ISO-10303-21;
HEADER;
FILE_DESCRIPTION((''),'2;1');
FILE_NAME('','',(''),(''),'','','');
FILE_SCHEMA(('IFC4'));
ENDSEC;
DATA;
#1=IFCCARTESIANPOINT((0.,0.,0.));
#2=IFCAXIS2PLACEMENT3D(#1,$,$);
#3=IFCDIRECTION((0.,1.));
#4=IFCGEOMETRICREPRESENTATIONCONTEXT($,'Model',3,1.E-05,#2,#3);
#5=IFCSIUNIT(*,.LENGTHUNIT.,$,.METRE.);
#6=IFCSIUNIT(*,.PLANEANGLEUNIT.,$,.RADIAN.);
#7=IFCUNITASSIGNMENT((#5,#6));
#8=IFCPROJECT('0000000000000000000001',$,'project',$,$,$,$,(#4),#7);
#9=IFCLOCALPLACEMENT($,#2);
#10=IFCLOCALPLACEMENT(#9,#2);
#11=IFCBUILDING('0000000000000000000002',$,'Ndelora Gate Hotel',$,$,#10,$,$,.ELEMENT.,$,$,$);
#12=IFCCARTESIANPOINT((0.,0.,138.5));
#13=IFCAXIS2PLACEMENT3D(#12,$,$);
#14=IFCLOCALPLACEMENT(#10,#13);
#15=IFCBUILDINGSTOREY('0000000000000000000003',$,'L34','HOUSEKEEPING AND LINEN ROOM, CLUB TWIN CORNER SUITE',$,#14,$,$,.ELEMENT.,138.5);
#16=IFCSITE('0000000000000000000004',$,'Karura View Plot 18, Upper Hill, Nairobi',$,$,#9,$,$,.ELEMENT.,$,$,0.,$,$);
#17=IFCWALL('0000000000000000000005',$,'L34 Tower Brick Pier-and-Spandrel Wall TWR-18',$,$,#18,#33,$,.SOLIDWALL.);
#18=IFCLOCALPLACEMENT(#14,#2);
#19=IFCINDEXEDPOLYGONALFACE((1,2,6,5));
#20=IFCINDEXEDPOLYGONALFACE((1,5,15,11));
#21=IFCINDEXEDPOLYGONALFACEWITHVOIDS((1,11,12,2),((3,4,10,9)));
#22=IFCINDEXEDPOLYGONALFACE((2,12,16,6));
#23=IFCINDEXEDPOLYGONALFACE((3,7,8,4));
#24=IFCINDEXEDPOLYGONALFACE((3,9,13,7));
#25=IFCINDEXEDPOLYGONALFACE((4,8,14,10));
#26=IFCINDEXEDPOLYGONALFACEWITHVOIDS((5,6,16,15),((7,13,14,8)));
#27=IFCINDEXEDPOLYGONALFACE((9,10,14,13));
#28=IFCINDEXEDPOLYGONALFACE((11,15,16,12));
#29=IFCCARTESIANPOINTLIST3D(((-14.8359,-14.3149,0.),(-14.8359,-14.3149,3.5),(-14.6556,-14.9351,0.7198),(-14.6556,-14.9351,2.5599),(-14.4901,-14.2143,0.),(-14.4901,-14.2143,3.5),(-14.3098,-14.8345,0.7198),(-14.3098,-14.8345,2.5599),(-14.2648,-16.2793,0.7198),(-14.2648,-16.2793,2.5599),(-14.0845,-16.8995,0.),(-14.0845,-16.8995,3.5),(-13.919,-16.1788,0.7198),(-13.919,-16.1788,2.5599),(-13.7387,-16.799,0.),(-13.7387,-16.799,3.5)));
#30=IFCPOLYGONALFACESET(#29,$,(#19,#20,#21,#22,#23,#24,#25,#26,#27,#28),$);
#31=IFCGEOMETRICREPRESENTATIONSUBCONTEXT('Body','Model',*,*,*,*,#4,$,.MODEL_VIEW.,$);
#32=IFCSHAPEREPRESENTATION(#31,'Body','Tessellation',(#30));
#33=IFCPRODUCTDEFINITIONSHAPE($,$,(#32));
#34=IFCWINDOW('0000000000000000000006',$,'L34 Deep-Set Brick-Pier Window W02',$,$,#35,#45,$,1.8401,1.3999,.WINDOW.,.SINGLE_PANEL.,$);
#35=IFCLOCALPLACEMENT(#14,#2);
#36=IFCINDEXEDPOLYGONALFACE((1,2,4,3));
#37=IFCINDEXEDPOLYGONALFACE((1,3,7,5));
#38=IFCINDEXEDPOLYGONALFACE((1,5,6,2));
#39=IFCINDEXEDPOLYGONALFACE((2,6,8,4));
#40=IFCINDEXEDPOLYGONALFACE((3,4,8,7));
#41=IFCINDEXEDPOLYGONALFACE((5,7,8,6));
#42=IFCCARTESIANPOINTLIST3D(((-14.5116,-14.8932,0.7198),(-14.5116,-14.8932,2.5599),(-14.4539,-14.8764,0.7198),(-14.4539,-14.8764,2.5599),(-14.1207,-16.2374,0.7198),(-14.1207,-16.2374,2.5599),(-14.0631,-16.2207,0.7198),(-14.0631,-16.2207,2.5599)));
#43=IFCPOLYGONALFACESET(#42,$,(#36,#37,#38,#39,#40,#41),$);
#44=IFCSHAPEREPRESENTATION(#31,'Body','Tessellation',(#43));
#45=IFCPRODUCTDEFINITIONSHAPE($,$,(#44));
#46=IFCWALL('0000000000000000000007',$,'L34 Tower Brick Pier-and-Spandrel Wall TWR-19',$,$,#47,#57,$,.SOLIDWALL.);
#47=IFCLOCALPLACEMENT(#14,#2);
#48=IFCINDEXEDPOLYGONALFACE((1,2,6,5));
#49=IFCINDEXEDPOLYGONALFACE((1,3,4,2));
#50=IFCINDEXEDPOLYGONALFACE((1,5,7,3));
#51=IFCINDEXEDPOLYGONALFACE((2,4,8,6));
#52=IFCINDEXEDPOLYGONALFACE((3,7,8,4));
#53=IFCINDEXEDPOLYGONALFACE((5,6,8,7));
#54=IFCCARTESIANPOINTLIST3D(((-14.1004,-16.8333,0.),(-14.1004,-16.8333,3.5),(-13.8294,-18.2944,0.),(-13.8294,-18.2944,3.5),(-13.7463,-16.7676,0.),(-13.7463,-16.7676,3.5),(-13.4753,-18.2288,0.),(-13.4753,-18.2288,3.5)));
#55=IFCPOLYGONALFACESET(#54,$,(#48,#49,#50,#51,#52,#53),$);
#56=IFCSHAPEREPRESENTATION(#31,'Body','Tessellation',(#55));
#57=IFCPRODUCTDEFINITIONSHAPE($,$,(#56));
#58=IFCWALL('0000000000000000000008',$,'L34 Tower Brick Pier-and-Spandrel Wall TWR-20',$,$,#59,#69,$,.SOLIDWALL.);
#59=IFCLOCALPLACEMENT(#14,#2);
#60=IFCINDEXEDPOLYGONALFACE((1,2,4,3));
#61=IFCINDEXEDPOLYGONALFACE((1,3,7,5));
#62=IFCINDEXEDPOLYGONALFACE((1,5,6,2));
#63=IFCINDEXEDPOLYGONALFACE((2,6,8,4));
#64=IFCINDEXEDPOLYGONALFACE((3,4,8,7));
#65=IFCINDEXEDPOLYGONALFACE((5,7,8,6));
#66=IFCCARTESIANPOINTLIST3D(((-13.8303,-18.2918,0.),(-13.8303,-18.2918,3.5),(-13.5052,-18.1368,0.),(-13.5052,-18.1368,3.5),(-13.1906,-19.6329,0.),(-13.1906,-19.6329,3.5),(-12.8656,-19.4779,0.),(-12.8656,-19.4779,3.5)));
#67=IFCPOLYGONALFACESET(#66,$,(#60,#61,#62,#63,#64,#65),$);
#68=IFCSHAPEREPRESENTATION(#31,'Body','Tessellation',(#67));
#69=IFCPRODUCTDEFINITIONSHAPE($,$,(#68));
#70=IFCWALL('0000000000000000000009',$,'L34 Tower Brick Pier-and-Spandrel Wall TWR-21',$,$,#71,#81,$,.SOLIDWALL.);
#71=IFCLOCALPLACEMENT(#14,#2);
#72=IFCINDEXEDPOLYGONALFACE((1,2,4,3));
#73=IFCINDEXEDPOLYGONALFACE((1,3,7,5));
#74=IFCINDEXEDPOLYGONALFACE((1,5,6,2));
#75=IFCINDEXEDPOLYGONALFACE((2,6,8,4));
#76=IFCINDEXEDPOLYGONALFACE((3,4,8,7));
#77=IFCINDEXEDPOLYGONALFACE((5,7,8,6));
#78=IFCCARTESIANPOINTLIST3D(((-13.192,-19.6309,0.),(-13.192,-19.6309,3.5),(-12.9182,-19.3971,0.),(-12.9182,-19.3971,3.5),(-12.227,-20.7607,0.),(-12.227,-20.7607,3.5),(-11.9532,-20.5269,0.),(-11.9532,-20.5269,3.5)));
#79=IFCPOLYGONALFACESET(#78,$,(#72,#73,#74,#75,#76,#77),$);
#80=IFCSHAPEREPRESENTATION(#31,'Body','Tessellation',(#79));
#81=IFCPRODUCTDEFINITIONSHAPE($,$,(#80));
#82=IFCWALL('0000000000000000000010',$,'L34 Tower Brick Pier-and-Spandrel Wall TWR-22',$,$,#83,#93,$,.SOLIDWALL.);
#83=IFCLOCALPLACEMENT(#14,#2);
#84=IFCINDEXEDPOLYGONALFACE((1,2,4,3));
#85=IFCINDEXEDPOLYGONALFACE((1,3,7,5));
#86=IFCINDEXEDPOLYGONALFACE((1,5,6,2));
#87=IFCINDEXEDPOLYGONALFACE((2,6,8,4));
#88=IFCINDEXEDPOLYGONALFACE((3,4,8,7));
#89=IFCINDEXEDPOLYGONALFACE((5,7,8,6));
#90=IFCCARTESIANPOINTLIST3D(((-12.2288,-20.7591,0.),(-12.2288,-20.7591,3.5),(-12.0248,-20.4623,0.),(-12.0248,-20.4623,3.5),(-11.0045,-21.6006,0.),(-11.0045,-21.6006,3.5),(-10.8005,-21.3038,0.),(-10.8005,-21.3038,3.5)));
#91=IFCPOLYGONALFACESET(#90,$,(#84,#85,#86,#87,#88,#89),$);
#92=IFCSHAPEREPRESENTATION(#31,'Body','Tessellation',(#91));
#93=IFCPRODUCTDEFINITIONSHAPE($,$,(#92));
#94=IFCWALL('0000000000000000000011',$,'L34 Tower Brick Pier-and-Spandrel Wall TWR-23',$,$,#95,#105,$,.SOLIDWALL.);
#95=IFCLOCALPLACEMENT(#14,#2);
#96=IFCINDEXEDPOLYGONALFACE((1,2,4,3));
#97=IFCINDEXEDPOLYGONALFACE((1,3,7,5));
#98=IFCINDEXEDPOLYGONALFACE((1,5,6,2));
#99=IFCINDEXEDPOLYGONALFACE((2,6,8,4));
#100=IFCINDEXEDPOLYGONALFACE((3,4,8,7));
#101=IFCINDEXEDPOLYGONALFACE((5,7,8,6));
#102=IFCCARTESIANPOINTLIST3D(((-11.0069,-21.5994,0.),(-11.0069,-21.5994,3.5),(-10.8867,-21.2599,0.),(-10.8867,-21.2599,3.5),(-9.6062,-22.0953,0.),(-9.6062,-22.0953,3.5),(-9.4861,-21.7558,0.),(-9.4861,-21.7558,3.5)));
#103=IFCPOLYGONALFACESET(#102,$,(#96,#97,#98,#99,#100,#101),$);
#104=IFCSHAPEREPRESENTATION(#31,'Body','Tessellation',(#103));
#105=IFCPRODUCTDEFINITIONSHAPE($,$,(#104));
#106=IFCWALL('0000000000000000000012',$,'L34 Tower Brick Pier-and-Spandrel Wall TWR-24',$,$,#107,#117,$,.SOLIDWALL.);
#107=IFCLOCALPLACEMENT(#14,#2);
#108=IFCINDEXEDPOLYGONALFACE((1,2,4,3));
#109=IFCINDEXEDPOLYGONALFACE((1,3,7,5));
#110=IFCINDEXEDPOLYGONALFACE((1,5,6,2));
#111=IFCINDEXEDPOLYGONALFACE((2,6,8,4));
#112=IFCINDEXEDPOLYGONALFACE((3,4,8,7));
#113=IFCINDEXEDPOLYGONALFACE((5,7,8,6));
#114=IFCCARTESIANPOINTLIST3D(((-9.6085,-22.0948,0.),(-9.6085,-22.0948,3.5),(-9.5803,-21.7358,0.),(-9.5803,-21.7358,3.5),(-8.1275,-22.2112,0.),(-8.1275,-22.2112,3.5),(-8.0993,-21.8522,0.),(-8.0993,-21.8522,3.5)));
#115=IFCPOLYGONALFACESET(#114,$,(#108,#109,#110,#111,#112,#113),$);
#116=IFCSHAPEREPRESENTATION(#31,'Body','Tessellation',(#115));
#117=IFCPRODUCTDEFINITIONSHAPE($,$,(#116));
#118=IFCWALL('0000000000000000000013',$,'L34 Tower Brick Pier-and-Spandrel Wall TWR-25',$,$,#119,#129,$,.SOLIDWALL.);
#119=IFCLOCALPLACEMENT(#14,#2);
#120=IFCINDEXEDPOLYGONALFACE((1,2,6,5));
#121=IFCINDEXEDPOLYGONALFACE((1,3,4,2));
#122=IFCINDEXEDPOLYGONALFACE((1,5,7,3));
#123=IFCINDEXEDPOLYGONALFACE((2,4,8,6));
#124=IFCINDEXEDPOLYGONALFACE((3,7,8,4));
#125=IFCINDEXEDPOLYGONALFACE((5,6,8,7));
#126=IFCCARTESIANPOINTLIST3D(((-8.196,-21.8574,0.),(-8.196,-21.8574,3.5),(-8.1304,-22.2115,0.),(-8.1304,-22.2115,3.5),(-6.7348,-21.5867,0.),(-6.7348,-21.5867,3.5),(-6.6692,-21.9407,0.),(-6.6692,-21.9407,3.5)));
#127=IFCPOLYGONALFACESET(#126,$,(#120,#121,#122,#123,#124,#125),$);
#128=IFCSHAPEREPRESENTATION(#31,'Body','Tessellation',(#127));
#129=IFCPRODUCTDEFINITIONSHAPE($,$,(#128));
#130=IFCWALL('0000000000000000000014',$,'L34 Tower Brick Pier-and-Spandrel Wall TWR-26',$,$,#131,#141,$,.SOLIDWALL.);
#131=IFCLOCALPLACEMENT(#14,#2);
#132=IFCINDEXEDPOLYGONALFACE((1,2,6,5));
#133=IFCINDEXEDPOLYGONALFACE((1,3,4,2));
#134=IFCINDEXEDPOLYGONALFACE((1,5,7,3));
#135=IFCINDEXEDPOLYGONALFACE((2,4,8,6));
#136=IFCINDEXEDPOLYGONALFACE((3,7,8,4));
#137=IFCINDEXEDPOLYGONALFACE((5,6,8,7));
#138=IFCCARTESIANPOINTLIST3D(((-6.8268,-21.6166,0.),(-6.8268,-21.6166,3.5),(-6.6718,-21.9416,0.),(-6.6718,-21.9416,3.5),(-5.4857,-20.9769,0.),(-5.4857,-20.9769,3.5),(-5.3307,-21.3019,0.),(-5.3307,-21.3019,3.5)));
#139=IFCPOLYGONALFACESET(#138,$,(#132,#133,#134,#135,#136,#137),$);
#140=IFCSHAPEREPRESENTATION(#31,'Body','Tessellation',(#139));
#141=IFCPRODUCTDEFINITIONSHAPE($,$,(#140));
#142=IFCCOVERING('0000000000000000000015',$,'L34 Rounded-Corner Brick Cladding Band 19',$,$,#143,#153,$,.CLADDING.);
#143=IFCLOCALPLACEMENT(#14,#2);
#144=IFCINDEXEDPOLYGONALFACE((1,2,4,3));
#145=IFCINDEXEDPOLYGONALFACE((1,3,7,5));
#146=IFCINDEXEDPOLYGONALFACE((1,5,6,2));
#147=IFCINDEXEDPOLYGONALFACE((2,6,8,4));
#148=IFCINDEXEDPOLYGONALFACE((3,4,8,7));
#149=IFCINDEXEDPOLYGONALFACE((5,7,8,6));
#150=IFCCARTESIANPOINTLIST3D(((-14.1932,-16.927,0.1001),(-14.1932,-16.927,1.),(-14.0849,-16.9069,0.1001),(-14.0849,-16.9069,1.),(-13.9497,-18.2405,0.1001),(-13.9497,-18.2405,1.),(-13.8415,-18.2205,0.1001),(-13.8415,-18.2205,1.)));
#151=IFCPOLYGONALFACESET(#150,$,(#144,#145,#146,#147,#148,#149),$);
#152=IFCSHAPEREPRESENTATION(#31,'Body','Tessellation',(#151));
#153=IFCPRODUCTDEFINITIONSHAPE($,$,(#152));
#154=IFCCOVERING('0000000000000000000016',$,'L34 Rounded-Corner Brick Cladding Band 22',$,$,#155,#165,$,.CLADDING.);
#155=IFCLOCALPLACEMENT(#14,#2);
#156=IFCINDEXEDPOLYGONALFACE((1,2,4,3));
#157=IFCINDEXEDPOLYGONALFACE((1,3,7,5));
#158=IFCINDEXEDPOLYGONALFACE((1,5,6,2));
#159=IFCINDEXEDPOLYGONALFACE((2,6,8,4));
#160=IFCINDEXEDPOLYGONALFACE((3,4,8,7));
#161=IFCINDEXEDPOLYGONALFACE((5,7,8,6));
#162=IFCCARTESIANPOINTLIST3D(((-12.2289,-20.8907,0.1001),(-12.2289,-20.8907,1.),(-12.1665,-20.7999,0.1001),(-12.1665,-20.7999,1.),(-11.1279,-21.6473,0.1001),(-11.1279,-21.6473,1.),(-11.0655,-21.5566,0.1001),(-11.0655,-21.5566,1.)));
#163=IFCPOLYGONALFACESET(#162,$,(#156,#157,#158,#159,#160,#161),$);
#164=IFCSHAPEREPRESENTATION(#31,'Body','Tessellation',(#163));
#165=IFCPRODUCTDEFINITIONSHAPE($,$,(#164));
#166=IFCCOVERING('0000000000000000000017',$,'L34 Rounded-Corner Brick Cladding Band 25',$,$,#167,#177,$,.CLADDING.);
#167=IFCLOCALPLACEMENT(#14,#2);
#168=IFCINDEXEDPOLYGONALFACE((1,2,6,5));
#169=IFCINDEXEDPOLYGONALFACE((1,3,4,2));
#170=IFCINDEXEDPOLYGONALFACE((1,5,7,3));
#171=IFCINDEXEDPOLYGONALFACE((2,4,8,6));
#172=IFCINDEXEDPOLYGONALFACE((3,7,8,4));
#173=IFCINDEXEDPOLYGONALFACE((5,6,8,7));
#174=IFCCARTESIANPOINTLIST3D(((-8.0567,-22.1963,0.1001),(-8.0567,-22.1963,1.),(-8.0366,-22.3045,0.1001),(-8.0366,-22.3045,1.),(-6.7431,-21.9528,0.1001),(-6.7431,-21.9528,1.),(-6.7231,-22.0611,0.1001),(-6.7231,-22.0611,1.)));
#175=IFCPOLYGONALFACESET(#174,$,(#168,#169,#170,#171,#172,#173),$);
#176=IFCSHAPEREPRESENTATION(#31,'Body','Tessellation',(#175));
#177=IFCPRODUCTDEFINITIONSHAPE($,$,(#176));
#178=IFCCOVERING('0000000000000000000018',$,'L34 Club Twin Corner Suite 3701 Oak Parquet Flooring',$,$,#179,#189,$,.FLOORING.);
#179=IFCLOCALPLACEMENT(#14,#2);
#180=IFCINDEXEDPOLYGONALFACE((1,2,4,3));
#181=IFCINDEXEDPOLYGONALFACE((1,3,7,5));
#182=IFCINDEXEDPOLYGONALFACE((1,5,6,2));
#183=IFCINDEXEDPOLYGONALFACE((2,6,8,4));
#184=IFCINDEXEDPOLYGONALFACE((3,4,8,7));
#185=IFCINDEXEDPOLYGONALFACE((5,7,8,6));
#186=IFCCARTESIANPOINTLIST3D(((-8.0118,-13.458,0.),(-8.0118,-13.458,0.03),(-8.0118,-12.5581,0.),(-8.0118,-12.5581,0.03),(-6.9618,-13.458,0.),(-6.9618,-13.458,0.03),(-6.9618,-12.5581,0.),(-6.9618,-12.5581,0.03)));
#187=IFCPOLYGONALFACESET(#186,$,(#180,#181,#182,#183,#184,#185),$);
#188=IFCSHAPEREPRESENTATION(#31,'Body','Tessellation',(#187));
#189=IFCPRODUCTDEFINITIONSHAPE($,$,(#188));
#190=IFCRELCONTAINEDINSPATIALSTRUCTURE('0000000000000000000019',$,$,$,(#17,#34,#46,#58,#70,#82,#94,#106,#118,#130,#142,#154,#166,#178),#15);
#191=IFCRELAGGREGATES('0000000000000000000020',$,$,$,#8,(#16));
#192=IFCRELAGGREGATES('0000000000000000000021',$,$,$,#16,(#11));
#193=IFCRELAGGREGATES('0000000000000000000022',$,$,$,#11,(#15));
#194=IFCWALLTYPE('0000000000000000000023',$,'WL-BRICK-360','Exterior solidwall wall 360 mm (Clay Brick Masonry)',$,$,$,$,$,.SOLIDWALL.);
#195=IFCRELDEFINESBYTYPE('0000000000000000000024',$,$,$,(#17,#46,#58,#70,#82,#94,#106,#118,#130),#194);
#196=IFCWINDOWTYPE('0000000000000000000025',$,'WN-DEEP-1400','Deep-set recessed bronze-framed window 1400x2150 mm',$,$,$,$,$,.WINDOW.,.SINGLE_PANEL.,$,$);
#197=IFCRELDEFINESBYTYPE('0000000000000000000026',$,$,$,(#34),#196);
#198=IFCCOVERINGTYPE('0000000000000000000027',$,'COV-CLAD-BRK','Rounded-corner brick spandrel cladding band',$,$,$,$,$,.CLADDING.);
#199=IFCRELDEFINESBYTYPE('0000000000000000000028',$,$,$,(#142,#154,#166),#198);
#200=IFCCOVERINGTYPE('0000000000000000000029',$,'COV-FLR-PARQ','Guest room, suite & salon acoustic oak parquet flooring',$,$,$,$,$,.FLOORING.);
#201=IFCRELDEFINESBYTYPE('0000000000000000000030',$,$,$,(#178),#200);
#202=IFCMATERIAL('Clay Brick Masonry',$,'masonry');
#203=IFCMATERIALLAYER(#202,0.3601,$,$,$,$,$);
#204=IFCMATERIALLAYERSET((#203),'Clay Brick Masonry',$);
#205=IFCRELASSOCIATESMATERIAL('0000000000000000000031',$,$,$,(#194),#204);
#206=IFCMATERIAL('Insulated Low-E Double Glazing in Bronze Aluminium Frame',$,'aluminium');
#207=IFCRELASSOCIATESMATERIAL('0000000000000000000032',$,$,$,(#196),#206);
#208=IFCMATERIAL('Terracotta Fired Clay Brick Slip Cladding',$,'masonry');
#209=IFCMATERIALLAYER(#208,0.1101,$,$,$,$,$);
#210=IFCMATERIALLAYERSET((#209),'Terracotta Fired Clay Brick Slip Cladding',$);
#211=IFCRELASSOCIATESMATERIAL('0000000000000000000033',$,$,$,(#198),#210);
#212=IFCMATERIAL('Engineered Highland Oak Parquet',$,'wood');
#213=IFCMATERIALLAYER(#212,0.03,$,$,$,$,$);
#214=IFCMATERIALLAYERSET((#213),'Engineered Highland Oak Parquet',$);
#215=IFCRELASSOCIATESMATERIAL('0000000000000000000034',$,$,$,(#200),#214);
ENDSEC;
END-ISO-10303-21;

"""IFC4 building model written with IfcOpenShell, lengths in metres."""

from ifc_helpers import new_model, si_unit, direction, frame, frame_2d, origin, origin_2d, place, context, subcontext, project, spatial, rectangle, extrude, material, layer, layer_set, type_object, element, fill, save


model = new_model("IFC4")

# Units and contexts
model_context = context("Model", 3, precision=1e-05, world=origin(), true_north=direction((0.0, 1.0)))
body_context = subcontext(model_context, "Body", "Model", "MODEL_VIEW")
ifc_project = project(units=[si_unit("LENGTHUNIT", "METRE"), si_unit("PLANEANGLEUNIT", "RADIAN")], contexts=[model_context])

# Site, building, storey
site_placement = place(None, origin())
site = spatial("IfcSite", under=ifc_project, at=site_placement, Name="Karura View Plot 18, Upper Hill, Nairobi", CompositionType="ELEMENT", RefElevation=0.0)
building_placement = place(site_placement, origin())
building = spatial("IfcBuilding", under=site, at=building_placement, Name="Ndelora Gate Hotel", CompositionType="ELEMENT")
storey_placement = place(building_placement, frame((0.0, 0.0, 138.5)))
storey = spatial("IfcBuildingStorey", under=building, at=storey_placement, Name="L34", Description="HOUSEKEEPING AND LINEN ROOM, CLUB TWIN CORNER SUITE", CompositionType="ELEMENT", Elevation=138.5)

# Wall, opening, window
ifc_material_1 = material(Name="Clay Brick Masonry", Category="masonry")
ifc_layer_1 = layer(ifc_material_1, 0.3601)
ifc_layer_set_1 = layer_set([ifc_layer_1], Name="Clay Brick Masonry")
wall_type = type_object("IfcWallType", Name="WL-BRICK-360", Description="Exterior solidwall wall 360 mm (Clay Brick Masonry)", PredefinedType="SOLIDWALL", material=ifc_layer_set_1)
ifc_material_2 = material(Name="Insulated Low-E Double Glazing in Bronze Aluminium Frame", Category="aluminium")
window_type_1 = type_object("IfcWindowType", Name="WN-DEEP-1400", Description="Deep-set recessed bronze-framed window 1400x2150 mm", PartitioningType="SINGLE_PANEL", PredefinedType="WINDOW", material=ifc_material_2)
wall_1_placement = place(storey_placement, frame((-13.9116, -16.8491, 0.0), z_axis=(0.0, 0.0, 1.0), x_axis=(-0.279174, 0.96024, 0.0)))
wall_1 = element("IfcWall", 1, at=wall_1_placement, inside=storey, type_object=wall_type, Name="L34 Tower Brick Pier-and-Spandrel Wall TWR-18", PredefinedType="SOLIDWALL", context=body_context, shape_type="SweptSolid", body=[
    extrude(rectangle(XDim=2.6917, YDim=0.3601, at=frame_2d((1.3457, 0.0))), origin(), (0.0, 0.0, 1.0), 3.5),
])
opening_1_placement = place(wall_1_placement, frame((0.6458, 0.0, 0.72)))
opening_1 = element("IfcOpeningElement", 2, at=opening_1_placement, cuts=wall_1, PredefinedType="OPENING", context=body_context, shape_type="SweptSolid", body=[
    extrude(rectangle(XDim=1.3999, YDim=1.8401, at=frame_2d((0.7, 0.9199))), frame((0.0, 0.1899, 0.0), z_axis=(0.0, -1.0, 0.0), x_axis=(1.0, 0.0, 0.0)), (0.0, 0.0, 1.0), 0.3801),
])
window_1_placement = place(opening_1_placement, origin())
window_1 = element("IfcWindow", 3, at=window_1_placement, inside=storey, type_object=window_type_1, Name="L34 Deep-Set Brick-Pier Window W02", OverallHeight=1.8401, OverallWidth=1.3999, PartitioningType="SINGLE_PANEL", PredefinedType="WINDOW", context=body_context, shape_type="SweptSolid", body=[
    extrude(rectangle(XDim=1.3999, YDim=1.8401, at=frame_2d((0.7, 0.9199))), frame((0.0, 0.03, 0.0), z_axis=(0.0, -1.0, 0.0), x_axis=(1.0, 0.0, 0.0)), (0.0, 0.0, 1.0), 0.0601),
])
fill(opening_1, window_1)

# Walls
wall_2_placement = place(storey_placement, frame((-13.6523, -18.2617, 0.0), z_axis=(0.0, 0.0, 1.0), x_axis=(-0.182354, 0.983233, 0.0)))
element("IfcWall", 4, at=wall_2_placement, inside=storey, type_object=wall_type, Name="L34 Tower Brick Pier-and-Spandrel Wall TWR-19", PredefinedType="SOLIDWALL", context=body_context, shape_type="SweptSolid", body=[
    extrude(rectangle(XDim=1.4861, YDim=0.3601, at=frame_2d((0.7432, 0.0))), origin(), (0.0, 0.0, 1.0), 3.5),
])
for number, where, z_axis, x_axis, name in (
    (5, (-13.0281, -19.5554, 0.0), (0.0, 0.0, 1.0), (-0.430508, 0.902587, 0.0), "L34 Tower Brick Pier-and-Spandrel Wall TWR-20"),
    (6, (-12.0901, -20.6438, 0.0), (0.0, 0.0, 1.0), (-0.649478, 0.76038, 0.0), "L34 Tower Brick Pier-and-Spandrel Wall TWR-21"),
):
    element("IfcWall", number, at=place(storey_placement, frame(where, z_axis=z_axis, x_axis=x_axis)), inside=storey, type_object=wall_type, Name=name, PredefinedType="SOLIDWALL", context=body_context, shape_type="SweptSolid", body=[
        extrude(rectangle(XDim=1.4858, YDim=0.3601, at=frame_2d((0.7429, 0.0))), origin(), (0.0, 0.0, 1.0), 3.5),
    ])
wall_3_placement = place(storey_placement, frame((-10.9026, -21.4521, 0.0), z_axis=(0.0, 0.0, 1.0), x_axis=(-0.824104, 0.566438, 0.0)))
element("IfcWall", 7, at=wall_3_placement, inside=storey, type_object=wall_type, Name="L34 Tower Brick Pier-and-Spandrel Wall TWR-22", PredefinedType="SOLIDWALL", context=body_context, shape_type="SweptSolid", body=[
    extrude(rectangle(XDim=1.4856, YDim=0.3601, at=frame_2d((0.7427, 0.0))), origin(), (0.0, 0.0, 1.0), 3.5),
])
wall_4_placement = place(storey_placement, frame((-9.5461, -21.9255, 0.0), z_axis=(0.0, 0.0, 1.0), x_axis=(-0.942671, 0.333722, 0.0)))
element("IfcWall", 8, at=wall_4_placement, inside=storey, type_object=wall_type, Name="L34 Tower Brick Pier-and-Spandrel Wall TWR-23", PredefinedType="SOLIDWALL", context=body_context, shape_type="SweptSolid", body=[
    extrude(rectangle(XDim=1.4858, YDim=0.3601, at=frame_2d((0.7429, 0.0))), origin(), (0.0, 0.0, 1.0), 3.5),
])
wall_5_placement = place(storey_placement, frame((-8.1135, -22.0317, 0.0), z_axis=(0.0, 0.0, 1.0), x_axis=(-0.996923, 0.078393, 0.0)))
element("IfcWall", 9, at=wall_5_placement, inside=storey, type_object=wall_type, Name="L34 Tower Brick Pier-and-Spandrel Wall TWR-24", PredefinedType="SOLIDWALL", context=body_context, shape_type="SweptSolid", body=[
    extrude(rectangle(XDim=1.4856, YDim=0.3601, at=frame_2d((0.7427, 0.0))), origin(), (0.0, 0.0, 1.0), 3.5),
])
wall_6_placement = place(storey_placement, frame((-6.7019, -21.7637, 0.0), z_axis=(0.0, 0.0, 1.0), x_axis=(-0.983262, -0.182195, 0.0)))
element("IfcWall", 10, at=wall_6_placement, inside=storey, type_object=wall_type, Name="L34 Tower Brick Pier-and-Spandrel Wall TWR-25", PredefinedType="SOLIDWALL", context=body_context, shape_type="SweptSolid", body=[
    extrude(rectangle(XDim=1.4861, YDim=0.3601, at=frame_2d((0.7432, 0.0))), origin(), (0.0, 0.0, 1.0), 3.5),
])
wall_7_placement = place(storey_placement, frame((-5.4082, -21.1394, 0.0), z_axis=(0.0, 0.0, 1.0), x_axis=(-0.902587, -0.430508, 0.0)))
element("IfcWall", 11, at=wall_7_placement, inside=storey, type_object=wall_type, Name="L34 Tower Brick Pier-and-Spandrel Wall TWR-26", PredefinedType="SOLIDWALL", context=body_context, shape_type="SweptSolid", body=[
    extrude(rectangle(XDim=1.4858, YDim=0.3601, at=frame_2d((0.7429, 0.0))), origin(), (0.0, 0.0, 1.0), 3.5),
])

# Coverings
ifc_material_3 = material(Name="Terracotta Fired Clay Brick Slip Cladding", Category="masonry")
ifc_layer_2 = layer(ifc_material_3, 0.1101)
ifc_layer_set_2 = layer_set([ifc_layer_2], Name="Terracotta Fired Clay Brick Slip Cladding")
covering_type_1 = type_object("IfcCoveringType", Name="COV-CLAD-BRK", Description="Rounded-corner brick spandrel cladding band", PredefinedType="CLADDING", material=ifc_layer_set_2)
for number, where, z_axis, x_axis, name in (
    (12, (-14.0173, -17.5737, 0.1001), (0.0, 0.0, 1.0), (-0.182236, 0.983255, 0.0), "L34 Rounded-Corner Brick Cladding Band 19"),
    (13, (-11.6472, -21.2236, 0.1001), (0.0, 0.0, 1.0), (-0.824126, 0.566406, 0.0), "L34 Rounded-Corner Brick Cladding Band 22"),
    (14, (-7.3899, -22.1287, 0.1001), (0.0, 0.0, 1.0), (0.983255, 0.182236, 0.0), "L34 Rounded-Corner Brick Cladding Band 25"),
):
    element("IfcCovering", number, at=place(storey_placement, frame(where, z_axis=z_axis, x_axis=x_axis)), inside=storey, type_object=covering_type_1, Name=name, PredefinedType="CLADDING", context=body_context, shape_type="SweptSolid", body=[
        extrude(rectangle(XDim=1.3359, YDim=0.1101, at=origin_2d()), origin(), (0.0, 0.0, 1.0), 0.8999),
    ])
ifc_material_4 = material(Name="Engineered Highland Oak Parquet", Category="wood")
ifc_layer_3 = layer(ifc_material_4, 0.03)
ifc_layer_set_3 = layer_set([ifc_layer_3], Name="Engineered Highland Oak Parquet")
covering_type_2 = type_object("IfcCoveringType", Name="COV-FLR-PARQ", Description="Guest room, suite & salon acoustic oak parquet flooring", PredefinedType="FLOORING", material=ifc_layer_set_3)
covering_placement = place(storey_placement, frame((-7.4868, -13.0081, 0.0), z_axis=(0.0, 0.0, 1.0), x_axis=(1.0, 0.0, 0.0)))
element("IfcCovering", 15, at=covering_placement, inside=storey, type_object=covering_type_2, Name="L34 Club Twin Corner Suite 3701 Oak Parquet Flooring", PredefinedType="FLOORING", context=body_context, shape_type="SweptSolid", body=[
    extrude(rectangle(XDim=1.05, YDim=0.8999, at=origin_2d()), origin(), (0.0, 0.0, 1.0), 0.03),
])

save(model, "model.ifc")
